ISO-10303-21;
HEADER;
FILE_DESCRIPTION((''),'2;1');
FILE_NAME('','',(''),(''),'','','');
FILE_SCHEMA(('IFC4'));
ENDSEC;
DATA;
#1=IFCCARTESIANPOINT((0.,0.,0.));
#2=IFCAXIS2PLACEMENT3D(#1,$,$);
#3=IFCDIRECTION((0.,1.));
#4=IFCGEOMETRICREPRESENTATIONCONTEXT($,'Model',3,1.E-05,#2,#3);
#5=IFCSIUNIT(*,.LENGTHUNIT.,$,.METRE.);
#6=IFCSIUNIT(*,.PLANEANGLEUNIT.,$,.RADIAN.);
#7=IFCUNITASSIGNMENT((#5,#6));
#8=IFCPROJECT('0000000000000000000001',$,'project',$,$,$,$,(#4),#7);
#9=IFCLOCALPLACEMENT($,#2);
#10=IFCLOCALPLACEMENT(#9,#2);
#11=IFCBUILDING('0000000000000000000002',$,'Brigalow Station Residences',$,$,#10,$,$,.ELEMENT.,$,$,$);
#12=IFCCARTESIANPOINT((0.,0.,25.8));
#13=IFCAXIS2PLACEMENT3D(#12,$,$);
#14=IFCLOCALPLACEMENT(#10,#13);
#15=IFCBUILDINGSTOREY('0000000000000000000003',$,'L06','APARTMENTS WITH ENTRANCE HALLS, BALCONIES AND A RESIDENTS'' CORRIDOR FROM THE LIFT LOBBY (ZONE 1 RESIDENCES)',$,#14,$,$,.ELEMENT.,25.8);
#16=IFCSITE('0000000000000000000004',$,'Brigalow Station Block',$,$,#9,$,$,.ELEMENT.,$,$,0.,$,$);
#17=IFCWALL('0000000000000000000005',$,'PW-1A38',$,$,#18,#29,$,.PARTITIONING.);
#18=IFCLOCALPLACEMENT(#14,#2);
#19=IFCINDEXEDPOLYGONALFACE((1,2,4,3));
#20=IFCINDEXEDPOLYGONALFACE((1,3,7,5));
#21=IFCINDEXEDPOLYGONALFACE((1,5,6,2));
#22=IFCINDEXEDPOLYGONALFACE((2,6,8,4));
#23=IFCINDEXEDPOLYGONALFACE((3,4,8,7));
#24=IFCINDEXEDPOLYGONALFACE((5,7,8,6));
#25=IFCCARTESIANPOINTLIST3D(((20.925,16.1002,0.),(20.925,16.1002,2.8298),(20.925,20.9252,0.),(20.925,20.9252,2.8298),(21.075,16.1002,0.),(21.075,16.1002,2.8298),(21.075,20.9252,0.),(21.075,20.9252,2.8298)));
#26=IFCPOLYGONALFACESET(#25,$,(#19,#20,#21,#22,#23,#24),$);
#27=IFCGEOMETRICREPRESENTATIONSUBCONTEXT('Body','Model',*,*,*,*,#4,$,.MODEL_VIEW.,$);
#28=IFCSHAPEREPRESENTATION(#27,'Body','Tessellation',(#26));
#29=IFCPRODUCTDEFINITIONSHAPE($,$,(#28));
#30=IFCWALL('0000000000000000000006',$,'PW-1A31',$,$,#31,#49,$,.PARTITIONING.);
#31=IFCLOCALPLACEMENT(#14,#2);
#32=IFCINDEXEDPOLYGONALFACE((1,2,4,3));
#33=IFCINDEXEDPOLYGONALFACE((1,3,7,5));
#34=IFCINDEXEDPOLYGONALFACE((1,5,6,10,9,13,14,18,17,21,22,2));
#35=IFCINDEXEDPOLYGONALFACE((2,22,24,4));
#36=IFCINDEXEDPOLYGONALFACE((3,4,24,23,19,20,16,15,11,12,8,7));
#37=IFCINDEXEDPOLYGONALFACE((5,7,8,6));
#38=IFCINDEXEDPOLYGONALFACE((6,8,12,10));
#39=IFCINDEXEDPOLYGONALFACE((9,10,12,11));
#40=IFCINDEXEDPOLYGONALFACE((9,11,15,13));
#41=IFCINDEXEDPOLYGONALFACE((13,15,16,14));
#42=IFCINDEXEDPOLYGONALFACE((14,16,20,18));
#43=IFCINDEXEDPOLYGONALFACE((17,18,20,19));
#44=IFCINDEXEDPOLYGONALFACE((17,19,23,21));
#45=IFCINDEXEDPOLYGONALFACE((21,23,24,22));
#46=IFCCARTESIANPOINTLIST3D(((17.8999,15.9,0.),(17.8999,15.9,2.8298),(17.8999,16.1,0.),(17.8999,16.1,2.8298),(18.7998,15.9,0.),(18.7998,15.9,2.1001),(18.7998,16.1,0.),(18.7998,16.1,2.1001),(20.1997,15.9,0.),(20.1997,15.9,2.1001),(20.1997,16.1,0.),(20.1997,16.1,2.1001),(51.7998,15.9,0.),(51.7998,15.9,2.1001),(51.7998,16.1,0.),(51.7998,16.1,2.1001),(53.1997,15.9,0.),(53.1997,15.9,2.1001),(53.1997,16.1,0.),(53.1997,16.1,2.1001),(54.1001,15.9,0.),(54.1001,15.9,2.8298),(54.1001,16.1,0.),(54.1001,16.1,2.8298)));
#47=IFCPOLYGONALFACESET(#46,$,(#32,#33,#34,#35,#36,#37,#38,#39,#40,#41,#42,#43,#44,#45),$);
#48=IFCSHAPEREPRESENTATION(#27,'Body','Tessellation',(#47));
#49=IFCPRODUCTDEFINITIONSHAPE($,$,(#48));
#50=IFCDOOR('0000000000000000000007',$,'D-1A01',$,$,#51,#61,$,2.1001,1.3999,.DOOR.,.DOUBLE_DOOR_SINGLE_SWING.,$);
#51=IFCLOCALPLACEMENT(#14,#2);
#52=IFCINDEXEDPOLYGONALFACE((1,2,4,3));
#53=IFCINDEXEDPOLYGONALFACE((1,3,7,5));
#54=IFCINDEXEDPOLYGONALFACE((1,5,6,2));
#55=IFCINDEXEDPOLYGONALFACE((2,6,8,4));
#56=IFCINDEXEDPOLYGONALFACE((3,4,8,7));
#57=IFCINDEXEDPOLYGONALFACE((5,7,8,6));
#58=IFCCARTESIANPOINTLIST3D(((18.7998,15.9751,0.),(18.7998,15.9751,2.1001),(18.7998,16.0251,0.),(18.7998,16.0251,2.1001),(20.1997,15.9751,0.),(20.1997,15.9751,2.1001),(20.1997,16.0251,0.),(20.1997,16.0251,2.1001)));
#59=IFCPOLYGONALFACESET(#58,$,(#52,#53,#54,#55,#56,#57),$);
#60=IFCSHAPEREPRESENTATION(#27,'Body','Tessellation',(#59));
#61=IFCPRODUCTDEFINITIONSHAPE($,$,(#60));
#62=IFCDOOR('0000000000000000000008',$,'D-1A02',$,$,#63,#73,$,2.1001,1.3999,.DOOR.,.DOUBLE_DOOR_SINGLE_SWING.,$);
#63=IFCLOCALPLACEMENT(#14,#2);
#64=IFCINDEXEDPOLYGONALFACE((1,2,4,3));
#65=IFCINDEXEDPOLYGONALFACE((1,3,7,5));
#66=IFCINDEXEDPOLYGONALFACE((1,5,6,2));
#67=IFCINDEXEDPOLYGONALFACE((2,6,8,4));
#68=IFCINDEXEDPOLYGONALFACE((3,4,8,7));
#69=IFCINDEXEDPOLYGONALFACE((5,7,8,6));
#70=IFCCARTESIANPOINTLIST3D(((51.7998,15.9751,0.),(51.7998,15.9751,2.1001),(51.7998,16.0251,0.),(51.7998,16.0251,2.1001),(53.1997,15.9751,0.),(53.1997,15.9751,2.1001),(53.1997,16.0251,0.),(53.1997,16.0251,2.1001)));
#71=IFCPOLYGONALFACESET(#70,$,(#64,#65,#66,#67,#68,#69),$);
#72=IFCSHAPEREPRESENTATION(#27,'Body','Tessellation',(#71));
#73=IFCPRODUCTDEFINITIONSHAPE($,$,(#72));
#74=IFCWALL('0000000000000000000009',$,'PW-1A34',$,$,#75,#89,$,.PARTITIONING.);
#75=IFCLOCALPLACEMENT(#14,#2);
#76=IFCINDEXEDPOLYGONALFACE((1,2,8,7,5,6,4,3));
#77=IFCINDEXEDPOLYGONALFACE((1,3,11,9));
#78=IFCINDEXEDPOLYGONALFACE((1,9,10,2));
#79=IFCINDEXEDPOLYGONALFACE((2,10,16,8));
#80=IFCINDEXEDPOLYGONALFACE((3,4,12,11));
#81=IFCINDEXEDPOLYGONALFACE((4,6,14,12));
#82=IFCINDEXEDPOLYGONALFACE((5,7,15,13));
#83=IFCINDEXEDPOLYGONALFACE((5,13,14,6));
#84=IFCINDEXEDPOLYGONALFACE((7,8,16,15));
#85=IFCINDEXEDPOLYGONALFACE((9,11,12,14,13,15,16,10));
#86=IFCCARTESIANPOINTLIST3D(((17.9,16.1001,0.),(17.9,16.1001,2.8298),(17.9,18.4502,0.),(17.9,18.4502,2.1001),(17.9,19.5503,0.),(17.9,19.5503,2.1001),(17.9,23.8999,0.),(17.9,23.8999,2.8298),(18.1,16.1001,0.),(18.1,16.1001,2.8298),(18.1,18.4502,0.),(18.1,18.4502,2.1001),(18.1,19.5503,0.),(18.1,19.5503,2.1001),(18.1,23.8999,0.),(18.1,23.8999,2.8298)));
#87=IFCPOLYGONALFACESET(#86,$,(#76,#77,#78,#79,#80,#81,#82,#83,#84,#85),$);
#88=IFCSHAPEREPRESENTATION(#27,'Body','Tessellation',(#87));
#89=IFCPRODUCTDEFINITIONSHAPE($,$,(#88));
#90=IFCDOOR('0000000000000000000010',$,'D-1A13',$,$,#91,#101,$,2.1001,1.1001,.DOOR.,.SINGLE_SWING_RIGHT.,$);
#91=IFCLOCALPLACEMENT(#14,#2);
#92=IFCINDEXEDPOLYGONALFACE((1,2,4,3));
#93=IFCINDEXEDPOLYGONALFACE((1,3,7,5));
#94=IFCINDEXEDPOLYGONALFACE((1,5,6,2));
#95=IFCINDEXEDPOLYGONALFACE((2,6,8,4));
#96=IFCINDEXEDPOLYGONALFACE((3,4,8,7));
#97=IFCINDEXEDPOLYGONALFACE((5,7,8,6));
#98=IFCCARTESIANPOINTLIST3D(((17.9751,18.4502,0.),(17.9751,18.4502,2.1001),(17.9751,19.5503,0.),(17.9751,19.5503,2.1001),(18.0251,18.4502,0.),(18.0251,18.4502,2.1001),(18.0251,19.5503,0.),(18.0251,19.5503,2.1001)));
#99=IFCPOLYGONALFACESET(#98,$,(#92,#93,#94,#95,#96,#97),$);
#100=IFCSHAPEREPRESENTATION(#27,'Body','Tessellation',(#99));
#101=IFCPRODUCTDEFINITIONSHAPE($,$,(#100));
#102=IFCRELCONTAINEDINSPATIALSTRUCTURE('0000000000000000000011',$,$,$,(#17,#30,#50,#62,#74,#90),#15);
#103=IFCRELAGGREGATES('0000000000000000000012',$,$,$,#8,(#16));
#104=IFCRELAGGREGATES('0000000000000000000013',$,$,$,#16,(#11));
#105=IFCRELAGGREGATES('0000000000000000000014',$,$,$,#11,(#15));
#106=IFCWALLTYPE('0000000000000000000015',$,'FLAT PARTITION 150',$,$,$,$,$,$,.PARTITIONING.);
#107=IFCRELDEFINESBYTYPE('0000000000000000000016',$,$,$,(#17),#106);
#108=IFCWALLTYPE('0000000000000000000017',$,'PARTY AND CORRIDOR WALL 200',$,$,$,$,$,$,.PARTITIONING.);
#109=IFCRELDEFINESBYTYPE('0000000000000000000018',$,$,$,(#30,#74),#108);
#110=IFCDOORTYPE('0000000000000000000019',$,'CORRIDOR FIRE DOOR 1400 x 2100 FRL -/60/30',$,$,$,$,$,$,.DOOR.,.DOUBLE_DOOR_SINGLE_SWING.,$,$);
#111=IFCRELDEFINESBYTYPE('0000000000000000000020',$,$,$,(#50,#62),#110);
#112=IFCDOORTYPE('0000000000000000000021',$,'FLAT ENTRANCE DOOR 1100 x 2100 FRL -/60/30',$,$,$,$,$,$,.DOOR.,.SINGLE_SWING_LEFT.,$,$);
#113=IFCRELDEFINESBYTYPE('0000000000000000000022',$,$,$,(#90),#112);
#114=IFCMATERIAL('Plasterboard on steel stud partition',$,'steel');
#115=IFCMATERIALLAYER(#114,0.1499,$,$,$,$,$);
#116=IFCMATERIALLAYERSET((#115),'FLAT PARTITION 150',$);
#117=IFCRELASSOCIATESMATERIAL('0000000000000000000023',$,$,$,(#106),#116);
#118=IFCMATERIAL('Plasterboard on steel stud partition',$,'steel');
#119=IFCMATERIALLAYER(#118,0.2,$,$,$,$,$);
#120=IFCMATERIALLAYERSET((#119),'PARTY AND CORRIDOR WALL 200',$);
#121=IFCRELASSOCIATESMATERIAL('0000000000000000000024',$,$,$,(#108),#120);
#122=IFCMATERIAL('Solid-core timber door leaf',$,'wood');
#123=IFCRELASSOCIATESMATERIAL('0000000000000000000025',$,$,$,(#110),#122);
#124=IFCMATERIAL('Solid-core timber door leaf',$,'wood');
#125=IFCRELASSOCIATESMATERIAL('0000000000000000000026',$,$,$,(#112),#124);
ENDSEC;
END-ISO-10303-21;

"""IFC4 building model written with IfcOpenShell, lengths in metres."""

from ifc_helpers import new_model, si_unit, direction, frame, frame_2d, origin, place, context, subcontext, project, spatial, rectangle, extrude, material, layer, layer_set, type_object, element, fill, save


model = new_model("IFC4")

# Units and contexts
model_context = context("Model", 3, precision=1e-05, world=origin(), true_north=direction((0.0, 1.0)))
body_context = subcontext(model_context, "Body", "Model", "MODEL_VIEW")
ifc_project = project(units=[si_unit("LENGTHUNIT", "METRE"), si_unit("PLANEANGLEUNIT", "RADIAN")], contexts=[model_context])

# Site, building, storey
site_placement = place(None, origin())
site = spatial("IfcSite", under=ifc_project, at=site_placement, Name="Brigalow Station Block", CompositionType="ELEMENT", RefElevation=0.0)
building_placement = place(site_placement, origin())
building = spatial("IfcBuilding", under=site, at=building_placement, Name="Brigalow Station Residences", CompositionType="ELEMENT")
storey_placement = place(building_placement, frame((0.0, 0.0, 25.8)))
storey = spatial("IfcBuildingStorey", under=building, at=storey_placement, Name="L06", Description="APARTMENTS WITH ENTRANCE HALLS, BALCONIES AND A RESIDENTS' CORRIDOR FROM THE LIFT LOBBY (ZONE 1 RESIDENCES)", CompositionType="ELEMENT", Elevation=25.8)

# Shared definitions
ifc_material_1 = material(Name="Plasterboard on steel stud partition", Category="steel")
ifc_layer_1 = layer(ifc_material_1, 0.1499)
ifc_layer_set_1 = layer_set([ifc_layer_1], Name="FLAT PARTITION 150")
wall_type_1 = type_object("IfcWallType", Name="FLAT PARTITION 150", PredefinedType="PARTITIONING", material=ifc_layer_set_1)

# Wall
wall_1_placement = place(storey_placement, frame((21.0, 16.1001, 0.0), z_axis=(0.0, 0.0, 1.0), x_axis=(0.0, 1.0, 0.0)))
element("IfcWall", 1, at=wall_1_placement, inside=storey, type_object=wall_type_1, Name="PW-1A38", PredefinedType="PARTITIONING", context=body_context, shape_type="SweptSolid", body=[
    extrude(rectangle(XDim=4.825, YDim=0.1499, at=frame_2d((2.4126, 0.0))), origin(), (0.0, 0.0, 1.0), 2.8298),
])

# Wall, openings, doors
ifc_material_2 = material(Name="Plasterboard on steel stud partition", Category="steel")
ifc_layer_2 = layer(ifc_material_2, 0.2)
ifc_layer_set_2 = layer_set([ifc_layer_2], Name="PARTY AND CORRIDOR WALL 200")
wall_type_2 = type_object("IfcWallType", Name="PARTY AND CORRIDOR WALL 200", PredefinedType="PARTITIONING", material=ifc_layer_set_2)
wall_2_placement = place(storey_placement, frame((17.8999, 16.0, 0.0), z_axis=(0.0, 0.0, 1.0), x_axis=(1.0, 0.0, 0.0)))
wall_2 = element("IfcWall", 2, at=wall_2_placement, inside=storey, type_object=wall_type_2, Name="PW-1A31", PredefinedType="PARTITIONING", context=body_context, shape_type="SweptSolid", body=[
    extrude(rectangle(XDim=36.2002, YDim=0.2, at=frame_2d((18.1001, 0.0))), origin(), (0.0, 0.0, 1.0), 2.8298),
])
opening_1_placement = place(wall_2_placement, frame((0.8999, 0.0, 0.0)))
opening_1 = element("IfcOpeningElement", 3, at=opening_1_placement, cuts=wall_2, PredefinedType="OPENING", context=body_context, shape_type="SweptSolid", body=[
    extrude(rectangle(XDim=1.3999, YDim=2.1001, at=frame_2d((0.7, 1.05))), frame((0.0, 0.1099, 0.0), z_axis=(0.0, -1.0, 0.0), x_axis=(1.0, 0.0, 0.0)), (0.0, 0.0, 1.0), 0.22),
])
opening_2_placement = place(wall_2_placement, frame((33.8999, 0.0, 0.0)))
opening_2 = element("IfcOpeningElement", 4, at=opening_2_placement, cuts=wall_2, PredefinedType="OPENING", context=body_context, shape_type="SweptSolid", body=[
    extrude(rectangle(XDim=1.3999, YDim=2.1001, at=frame_2d((0.7, 1.05))), frame((0.0, 0.1099, 0.0), z_axis=(0.0, -1.0, 0.0), x_axis=(1.0, 0.0, 0.0)), (0.0, 0.0, 1.0), 0.22),
])
ifc_material_3 = material(Name="Solid-core timber door leaf", Category="wood")
door_type_1 = type_object("IfcDoorType", Name="CORRIDOR FIRE DOOR 1400 x 2100 FRL -/60/30", OperationType="DOUBLE_DOOR_SINGLE_SWING", PredefinedType="DOOR", material=ifc_material_3)
door_1_placement = place(opening_1_placement, frame((1.3999, 0.0, 0.0), z_axis=(0.0, 0.0, 1.0), x_axis=(-1.0, 0.0, 0.0)))
door_1 = element("IfcDoor", 5, at=door_1_placement, inside=storey, type_object=door_type_1, Name="D-1A01", OperationType="DOUBLE_DOOR_SINGLE_SWING", OverallHeight=2.1001, OverallWidth=1.3999, PredefinedType="DOOR", context=body_context, shape_type="SweptSolid", body=[
    extrude(rectangle(XDim=1.3999, YDim=2.1001, at=frame_2d((0.7, 1.05))), frame((0.0, 0.0249, 0.0), z_axis=(0.0, -1.0, 0.0), x_axis=(1.0, 0.0, 0.0)), (0.0, 0.0, 1.0), 0.05),
])
fill(opening_1, door_1)
door_2_placement = place(opening_2_placement, frame((1.3999, 0.0, 0.0), z_axis=(0.0, 0.0, 1.0), x_axis=(-1.0, 0.0, 0.0)))
door_2 = element("IfcDoor", 6, at=door_2_placement, inside=storey, type_object=door_type_1, Name="D-1A02", OperationType="DOUBLE_DOOR_SINGLE_SWING", OverallHeight=2.1001, OverallWidth=1.3999, PredefinedType="DOOR", context=body_context, shape_type="SweptSolid", body=[
    extrude(rectangle(XDim=1.3999, YDim=2.1001, at=frame_2d((0.7, 1.05))), frame((0.0, 0.0249, 0.0), z_axis=(0.0, -1.0, 0.0), x_axis=(1.0, 0.0, 0.0)), (0.0, 0.0, 1.0), 0.05),
])
fill(opening_2, door_2)

# Wall, opening, door
wall_3_placement = place(storey_placement, frame((18.0, 16.1001, 0.0), z_axis=(0.0, 0.0, 1.0), x_axis=(0.0, 1.0, 0.0)))
wall_3 = element("IfcWall", 7, at=wall_3_placement, inside=storey, type_object=wall_type_2, Name="PW-1A34", PredefinedType="PARTITIONING", context=body_context, shape_type="SweptSolid", body=[
    extrude(rectangle(XDim=7.7998, YDim=0.2, at=frame_2d((3.8999, 0.0))), origin(), (0.0, 0.0, 1.0), 2.8298),
])
opening_3_placement = place(wall_3_placement, frame((2.3501, 0.0, 0.0)))
opening_3 = element("IfcOpeningElement", 8, at=opening_3_placement, cuts=wall_3, PredefinedType="OPENING", context=body_context, shape_type="SweptSolid", body=[
    extrude(rectangle(XDim=1.1001, YDim=2.1001, at=frame_2d((0.55, 1.05))), frame((0.0, 0.1099, 0.0), z_axis=(0.0, -1.0, 0.0), x_axis=(1.0, 0.0, 0.0)), (0.0, 0.0, 1.0), 0.22),
])
ifc_material_4 = material(Name="Solid-core timber door leaf", Category="wood")
door_type_2 = type_object("IfcDoorType", Name="FLAT ENTRANCE DOOR 1100 x 2100 FRL -/60/30", OperationType="SINGLE_SWING_LEFT", PredefinedType="DOOR", material=ifc_material_4)
door_3_placement = place(opening_3_placement, origin())
door_3 = element("IfcDoor", 9, at=door_3_placement, inside=storey, type_object=door_type_2, Name="D-1A13", OperationType="SINGLE_SWING_RIGHT", OverallHeight=2.1001, OverallWidth=1.1001, PredefinedType="DOOR", context=body_context, shape_type="SweptSolid", body=[
    extrude(rectangle(XDim=1.1001, YDim=2.1001, at=frame_2d((0.55, 1.05))), frame((0.0, 0.0249, 0.0), z_axis=(0.0, -1.0, 0.0), x_axis=(1.0, 0.0, 0.0)), (0.0, 0.0, 1.0), 0.05),
])
fill(opening_3, door_3)

save(model, "model.ifc")
